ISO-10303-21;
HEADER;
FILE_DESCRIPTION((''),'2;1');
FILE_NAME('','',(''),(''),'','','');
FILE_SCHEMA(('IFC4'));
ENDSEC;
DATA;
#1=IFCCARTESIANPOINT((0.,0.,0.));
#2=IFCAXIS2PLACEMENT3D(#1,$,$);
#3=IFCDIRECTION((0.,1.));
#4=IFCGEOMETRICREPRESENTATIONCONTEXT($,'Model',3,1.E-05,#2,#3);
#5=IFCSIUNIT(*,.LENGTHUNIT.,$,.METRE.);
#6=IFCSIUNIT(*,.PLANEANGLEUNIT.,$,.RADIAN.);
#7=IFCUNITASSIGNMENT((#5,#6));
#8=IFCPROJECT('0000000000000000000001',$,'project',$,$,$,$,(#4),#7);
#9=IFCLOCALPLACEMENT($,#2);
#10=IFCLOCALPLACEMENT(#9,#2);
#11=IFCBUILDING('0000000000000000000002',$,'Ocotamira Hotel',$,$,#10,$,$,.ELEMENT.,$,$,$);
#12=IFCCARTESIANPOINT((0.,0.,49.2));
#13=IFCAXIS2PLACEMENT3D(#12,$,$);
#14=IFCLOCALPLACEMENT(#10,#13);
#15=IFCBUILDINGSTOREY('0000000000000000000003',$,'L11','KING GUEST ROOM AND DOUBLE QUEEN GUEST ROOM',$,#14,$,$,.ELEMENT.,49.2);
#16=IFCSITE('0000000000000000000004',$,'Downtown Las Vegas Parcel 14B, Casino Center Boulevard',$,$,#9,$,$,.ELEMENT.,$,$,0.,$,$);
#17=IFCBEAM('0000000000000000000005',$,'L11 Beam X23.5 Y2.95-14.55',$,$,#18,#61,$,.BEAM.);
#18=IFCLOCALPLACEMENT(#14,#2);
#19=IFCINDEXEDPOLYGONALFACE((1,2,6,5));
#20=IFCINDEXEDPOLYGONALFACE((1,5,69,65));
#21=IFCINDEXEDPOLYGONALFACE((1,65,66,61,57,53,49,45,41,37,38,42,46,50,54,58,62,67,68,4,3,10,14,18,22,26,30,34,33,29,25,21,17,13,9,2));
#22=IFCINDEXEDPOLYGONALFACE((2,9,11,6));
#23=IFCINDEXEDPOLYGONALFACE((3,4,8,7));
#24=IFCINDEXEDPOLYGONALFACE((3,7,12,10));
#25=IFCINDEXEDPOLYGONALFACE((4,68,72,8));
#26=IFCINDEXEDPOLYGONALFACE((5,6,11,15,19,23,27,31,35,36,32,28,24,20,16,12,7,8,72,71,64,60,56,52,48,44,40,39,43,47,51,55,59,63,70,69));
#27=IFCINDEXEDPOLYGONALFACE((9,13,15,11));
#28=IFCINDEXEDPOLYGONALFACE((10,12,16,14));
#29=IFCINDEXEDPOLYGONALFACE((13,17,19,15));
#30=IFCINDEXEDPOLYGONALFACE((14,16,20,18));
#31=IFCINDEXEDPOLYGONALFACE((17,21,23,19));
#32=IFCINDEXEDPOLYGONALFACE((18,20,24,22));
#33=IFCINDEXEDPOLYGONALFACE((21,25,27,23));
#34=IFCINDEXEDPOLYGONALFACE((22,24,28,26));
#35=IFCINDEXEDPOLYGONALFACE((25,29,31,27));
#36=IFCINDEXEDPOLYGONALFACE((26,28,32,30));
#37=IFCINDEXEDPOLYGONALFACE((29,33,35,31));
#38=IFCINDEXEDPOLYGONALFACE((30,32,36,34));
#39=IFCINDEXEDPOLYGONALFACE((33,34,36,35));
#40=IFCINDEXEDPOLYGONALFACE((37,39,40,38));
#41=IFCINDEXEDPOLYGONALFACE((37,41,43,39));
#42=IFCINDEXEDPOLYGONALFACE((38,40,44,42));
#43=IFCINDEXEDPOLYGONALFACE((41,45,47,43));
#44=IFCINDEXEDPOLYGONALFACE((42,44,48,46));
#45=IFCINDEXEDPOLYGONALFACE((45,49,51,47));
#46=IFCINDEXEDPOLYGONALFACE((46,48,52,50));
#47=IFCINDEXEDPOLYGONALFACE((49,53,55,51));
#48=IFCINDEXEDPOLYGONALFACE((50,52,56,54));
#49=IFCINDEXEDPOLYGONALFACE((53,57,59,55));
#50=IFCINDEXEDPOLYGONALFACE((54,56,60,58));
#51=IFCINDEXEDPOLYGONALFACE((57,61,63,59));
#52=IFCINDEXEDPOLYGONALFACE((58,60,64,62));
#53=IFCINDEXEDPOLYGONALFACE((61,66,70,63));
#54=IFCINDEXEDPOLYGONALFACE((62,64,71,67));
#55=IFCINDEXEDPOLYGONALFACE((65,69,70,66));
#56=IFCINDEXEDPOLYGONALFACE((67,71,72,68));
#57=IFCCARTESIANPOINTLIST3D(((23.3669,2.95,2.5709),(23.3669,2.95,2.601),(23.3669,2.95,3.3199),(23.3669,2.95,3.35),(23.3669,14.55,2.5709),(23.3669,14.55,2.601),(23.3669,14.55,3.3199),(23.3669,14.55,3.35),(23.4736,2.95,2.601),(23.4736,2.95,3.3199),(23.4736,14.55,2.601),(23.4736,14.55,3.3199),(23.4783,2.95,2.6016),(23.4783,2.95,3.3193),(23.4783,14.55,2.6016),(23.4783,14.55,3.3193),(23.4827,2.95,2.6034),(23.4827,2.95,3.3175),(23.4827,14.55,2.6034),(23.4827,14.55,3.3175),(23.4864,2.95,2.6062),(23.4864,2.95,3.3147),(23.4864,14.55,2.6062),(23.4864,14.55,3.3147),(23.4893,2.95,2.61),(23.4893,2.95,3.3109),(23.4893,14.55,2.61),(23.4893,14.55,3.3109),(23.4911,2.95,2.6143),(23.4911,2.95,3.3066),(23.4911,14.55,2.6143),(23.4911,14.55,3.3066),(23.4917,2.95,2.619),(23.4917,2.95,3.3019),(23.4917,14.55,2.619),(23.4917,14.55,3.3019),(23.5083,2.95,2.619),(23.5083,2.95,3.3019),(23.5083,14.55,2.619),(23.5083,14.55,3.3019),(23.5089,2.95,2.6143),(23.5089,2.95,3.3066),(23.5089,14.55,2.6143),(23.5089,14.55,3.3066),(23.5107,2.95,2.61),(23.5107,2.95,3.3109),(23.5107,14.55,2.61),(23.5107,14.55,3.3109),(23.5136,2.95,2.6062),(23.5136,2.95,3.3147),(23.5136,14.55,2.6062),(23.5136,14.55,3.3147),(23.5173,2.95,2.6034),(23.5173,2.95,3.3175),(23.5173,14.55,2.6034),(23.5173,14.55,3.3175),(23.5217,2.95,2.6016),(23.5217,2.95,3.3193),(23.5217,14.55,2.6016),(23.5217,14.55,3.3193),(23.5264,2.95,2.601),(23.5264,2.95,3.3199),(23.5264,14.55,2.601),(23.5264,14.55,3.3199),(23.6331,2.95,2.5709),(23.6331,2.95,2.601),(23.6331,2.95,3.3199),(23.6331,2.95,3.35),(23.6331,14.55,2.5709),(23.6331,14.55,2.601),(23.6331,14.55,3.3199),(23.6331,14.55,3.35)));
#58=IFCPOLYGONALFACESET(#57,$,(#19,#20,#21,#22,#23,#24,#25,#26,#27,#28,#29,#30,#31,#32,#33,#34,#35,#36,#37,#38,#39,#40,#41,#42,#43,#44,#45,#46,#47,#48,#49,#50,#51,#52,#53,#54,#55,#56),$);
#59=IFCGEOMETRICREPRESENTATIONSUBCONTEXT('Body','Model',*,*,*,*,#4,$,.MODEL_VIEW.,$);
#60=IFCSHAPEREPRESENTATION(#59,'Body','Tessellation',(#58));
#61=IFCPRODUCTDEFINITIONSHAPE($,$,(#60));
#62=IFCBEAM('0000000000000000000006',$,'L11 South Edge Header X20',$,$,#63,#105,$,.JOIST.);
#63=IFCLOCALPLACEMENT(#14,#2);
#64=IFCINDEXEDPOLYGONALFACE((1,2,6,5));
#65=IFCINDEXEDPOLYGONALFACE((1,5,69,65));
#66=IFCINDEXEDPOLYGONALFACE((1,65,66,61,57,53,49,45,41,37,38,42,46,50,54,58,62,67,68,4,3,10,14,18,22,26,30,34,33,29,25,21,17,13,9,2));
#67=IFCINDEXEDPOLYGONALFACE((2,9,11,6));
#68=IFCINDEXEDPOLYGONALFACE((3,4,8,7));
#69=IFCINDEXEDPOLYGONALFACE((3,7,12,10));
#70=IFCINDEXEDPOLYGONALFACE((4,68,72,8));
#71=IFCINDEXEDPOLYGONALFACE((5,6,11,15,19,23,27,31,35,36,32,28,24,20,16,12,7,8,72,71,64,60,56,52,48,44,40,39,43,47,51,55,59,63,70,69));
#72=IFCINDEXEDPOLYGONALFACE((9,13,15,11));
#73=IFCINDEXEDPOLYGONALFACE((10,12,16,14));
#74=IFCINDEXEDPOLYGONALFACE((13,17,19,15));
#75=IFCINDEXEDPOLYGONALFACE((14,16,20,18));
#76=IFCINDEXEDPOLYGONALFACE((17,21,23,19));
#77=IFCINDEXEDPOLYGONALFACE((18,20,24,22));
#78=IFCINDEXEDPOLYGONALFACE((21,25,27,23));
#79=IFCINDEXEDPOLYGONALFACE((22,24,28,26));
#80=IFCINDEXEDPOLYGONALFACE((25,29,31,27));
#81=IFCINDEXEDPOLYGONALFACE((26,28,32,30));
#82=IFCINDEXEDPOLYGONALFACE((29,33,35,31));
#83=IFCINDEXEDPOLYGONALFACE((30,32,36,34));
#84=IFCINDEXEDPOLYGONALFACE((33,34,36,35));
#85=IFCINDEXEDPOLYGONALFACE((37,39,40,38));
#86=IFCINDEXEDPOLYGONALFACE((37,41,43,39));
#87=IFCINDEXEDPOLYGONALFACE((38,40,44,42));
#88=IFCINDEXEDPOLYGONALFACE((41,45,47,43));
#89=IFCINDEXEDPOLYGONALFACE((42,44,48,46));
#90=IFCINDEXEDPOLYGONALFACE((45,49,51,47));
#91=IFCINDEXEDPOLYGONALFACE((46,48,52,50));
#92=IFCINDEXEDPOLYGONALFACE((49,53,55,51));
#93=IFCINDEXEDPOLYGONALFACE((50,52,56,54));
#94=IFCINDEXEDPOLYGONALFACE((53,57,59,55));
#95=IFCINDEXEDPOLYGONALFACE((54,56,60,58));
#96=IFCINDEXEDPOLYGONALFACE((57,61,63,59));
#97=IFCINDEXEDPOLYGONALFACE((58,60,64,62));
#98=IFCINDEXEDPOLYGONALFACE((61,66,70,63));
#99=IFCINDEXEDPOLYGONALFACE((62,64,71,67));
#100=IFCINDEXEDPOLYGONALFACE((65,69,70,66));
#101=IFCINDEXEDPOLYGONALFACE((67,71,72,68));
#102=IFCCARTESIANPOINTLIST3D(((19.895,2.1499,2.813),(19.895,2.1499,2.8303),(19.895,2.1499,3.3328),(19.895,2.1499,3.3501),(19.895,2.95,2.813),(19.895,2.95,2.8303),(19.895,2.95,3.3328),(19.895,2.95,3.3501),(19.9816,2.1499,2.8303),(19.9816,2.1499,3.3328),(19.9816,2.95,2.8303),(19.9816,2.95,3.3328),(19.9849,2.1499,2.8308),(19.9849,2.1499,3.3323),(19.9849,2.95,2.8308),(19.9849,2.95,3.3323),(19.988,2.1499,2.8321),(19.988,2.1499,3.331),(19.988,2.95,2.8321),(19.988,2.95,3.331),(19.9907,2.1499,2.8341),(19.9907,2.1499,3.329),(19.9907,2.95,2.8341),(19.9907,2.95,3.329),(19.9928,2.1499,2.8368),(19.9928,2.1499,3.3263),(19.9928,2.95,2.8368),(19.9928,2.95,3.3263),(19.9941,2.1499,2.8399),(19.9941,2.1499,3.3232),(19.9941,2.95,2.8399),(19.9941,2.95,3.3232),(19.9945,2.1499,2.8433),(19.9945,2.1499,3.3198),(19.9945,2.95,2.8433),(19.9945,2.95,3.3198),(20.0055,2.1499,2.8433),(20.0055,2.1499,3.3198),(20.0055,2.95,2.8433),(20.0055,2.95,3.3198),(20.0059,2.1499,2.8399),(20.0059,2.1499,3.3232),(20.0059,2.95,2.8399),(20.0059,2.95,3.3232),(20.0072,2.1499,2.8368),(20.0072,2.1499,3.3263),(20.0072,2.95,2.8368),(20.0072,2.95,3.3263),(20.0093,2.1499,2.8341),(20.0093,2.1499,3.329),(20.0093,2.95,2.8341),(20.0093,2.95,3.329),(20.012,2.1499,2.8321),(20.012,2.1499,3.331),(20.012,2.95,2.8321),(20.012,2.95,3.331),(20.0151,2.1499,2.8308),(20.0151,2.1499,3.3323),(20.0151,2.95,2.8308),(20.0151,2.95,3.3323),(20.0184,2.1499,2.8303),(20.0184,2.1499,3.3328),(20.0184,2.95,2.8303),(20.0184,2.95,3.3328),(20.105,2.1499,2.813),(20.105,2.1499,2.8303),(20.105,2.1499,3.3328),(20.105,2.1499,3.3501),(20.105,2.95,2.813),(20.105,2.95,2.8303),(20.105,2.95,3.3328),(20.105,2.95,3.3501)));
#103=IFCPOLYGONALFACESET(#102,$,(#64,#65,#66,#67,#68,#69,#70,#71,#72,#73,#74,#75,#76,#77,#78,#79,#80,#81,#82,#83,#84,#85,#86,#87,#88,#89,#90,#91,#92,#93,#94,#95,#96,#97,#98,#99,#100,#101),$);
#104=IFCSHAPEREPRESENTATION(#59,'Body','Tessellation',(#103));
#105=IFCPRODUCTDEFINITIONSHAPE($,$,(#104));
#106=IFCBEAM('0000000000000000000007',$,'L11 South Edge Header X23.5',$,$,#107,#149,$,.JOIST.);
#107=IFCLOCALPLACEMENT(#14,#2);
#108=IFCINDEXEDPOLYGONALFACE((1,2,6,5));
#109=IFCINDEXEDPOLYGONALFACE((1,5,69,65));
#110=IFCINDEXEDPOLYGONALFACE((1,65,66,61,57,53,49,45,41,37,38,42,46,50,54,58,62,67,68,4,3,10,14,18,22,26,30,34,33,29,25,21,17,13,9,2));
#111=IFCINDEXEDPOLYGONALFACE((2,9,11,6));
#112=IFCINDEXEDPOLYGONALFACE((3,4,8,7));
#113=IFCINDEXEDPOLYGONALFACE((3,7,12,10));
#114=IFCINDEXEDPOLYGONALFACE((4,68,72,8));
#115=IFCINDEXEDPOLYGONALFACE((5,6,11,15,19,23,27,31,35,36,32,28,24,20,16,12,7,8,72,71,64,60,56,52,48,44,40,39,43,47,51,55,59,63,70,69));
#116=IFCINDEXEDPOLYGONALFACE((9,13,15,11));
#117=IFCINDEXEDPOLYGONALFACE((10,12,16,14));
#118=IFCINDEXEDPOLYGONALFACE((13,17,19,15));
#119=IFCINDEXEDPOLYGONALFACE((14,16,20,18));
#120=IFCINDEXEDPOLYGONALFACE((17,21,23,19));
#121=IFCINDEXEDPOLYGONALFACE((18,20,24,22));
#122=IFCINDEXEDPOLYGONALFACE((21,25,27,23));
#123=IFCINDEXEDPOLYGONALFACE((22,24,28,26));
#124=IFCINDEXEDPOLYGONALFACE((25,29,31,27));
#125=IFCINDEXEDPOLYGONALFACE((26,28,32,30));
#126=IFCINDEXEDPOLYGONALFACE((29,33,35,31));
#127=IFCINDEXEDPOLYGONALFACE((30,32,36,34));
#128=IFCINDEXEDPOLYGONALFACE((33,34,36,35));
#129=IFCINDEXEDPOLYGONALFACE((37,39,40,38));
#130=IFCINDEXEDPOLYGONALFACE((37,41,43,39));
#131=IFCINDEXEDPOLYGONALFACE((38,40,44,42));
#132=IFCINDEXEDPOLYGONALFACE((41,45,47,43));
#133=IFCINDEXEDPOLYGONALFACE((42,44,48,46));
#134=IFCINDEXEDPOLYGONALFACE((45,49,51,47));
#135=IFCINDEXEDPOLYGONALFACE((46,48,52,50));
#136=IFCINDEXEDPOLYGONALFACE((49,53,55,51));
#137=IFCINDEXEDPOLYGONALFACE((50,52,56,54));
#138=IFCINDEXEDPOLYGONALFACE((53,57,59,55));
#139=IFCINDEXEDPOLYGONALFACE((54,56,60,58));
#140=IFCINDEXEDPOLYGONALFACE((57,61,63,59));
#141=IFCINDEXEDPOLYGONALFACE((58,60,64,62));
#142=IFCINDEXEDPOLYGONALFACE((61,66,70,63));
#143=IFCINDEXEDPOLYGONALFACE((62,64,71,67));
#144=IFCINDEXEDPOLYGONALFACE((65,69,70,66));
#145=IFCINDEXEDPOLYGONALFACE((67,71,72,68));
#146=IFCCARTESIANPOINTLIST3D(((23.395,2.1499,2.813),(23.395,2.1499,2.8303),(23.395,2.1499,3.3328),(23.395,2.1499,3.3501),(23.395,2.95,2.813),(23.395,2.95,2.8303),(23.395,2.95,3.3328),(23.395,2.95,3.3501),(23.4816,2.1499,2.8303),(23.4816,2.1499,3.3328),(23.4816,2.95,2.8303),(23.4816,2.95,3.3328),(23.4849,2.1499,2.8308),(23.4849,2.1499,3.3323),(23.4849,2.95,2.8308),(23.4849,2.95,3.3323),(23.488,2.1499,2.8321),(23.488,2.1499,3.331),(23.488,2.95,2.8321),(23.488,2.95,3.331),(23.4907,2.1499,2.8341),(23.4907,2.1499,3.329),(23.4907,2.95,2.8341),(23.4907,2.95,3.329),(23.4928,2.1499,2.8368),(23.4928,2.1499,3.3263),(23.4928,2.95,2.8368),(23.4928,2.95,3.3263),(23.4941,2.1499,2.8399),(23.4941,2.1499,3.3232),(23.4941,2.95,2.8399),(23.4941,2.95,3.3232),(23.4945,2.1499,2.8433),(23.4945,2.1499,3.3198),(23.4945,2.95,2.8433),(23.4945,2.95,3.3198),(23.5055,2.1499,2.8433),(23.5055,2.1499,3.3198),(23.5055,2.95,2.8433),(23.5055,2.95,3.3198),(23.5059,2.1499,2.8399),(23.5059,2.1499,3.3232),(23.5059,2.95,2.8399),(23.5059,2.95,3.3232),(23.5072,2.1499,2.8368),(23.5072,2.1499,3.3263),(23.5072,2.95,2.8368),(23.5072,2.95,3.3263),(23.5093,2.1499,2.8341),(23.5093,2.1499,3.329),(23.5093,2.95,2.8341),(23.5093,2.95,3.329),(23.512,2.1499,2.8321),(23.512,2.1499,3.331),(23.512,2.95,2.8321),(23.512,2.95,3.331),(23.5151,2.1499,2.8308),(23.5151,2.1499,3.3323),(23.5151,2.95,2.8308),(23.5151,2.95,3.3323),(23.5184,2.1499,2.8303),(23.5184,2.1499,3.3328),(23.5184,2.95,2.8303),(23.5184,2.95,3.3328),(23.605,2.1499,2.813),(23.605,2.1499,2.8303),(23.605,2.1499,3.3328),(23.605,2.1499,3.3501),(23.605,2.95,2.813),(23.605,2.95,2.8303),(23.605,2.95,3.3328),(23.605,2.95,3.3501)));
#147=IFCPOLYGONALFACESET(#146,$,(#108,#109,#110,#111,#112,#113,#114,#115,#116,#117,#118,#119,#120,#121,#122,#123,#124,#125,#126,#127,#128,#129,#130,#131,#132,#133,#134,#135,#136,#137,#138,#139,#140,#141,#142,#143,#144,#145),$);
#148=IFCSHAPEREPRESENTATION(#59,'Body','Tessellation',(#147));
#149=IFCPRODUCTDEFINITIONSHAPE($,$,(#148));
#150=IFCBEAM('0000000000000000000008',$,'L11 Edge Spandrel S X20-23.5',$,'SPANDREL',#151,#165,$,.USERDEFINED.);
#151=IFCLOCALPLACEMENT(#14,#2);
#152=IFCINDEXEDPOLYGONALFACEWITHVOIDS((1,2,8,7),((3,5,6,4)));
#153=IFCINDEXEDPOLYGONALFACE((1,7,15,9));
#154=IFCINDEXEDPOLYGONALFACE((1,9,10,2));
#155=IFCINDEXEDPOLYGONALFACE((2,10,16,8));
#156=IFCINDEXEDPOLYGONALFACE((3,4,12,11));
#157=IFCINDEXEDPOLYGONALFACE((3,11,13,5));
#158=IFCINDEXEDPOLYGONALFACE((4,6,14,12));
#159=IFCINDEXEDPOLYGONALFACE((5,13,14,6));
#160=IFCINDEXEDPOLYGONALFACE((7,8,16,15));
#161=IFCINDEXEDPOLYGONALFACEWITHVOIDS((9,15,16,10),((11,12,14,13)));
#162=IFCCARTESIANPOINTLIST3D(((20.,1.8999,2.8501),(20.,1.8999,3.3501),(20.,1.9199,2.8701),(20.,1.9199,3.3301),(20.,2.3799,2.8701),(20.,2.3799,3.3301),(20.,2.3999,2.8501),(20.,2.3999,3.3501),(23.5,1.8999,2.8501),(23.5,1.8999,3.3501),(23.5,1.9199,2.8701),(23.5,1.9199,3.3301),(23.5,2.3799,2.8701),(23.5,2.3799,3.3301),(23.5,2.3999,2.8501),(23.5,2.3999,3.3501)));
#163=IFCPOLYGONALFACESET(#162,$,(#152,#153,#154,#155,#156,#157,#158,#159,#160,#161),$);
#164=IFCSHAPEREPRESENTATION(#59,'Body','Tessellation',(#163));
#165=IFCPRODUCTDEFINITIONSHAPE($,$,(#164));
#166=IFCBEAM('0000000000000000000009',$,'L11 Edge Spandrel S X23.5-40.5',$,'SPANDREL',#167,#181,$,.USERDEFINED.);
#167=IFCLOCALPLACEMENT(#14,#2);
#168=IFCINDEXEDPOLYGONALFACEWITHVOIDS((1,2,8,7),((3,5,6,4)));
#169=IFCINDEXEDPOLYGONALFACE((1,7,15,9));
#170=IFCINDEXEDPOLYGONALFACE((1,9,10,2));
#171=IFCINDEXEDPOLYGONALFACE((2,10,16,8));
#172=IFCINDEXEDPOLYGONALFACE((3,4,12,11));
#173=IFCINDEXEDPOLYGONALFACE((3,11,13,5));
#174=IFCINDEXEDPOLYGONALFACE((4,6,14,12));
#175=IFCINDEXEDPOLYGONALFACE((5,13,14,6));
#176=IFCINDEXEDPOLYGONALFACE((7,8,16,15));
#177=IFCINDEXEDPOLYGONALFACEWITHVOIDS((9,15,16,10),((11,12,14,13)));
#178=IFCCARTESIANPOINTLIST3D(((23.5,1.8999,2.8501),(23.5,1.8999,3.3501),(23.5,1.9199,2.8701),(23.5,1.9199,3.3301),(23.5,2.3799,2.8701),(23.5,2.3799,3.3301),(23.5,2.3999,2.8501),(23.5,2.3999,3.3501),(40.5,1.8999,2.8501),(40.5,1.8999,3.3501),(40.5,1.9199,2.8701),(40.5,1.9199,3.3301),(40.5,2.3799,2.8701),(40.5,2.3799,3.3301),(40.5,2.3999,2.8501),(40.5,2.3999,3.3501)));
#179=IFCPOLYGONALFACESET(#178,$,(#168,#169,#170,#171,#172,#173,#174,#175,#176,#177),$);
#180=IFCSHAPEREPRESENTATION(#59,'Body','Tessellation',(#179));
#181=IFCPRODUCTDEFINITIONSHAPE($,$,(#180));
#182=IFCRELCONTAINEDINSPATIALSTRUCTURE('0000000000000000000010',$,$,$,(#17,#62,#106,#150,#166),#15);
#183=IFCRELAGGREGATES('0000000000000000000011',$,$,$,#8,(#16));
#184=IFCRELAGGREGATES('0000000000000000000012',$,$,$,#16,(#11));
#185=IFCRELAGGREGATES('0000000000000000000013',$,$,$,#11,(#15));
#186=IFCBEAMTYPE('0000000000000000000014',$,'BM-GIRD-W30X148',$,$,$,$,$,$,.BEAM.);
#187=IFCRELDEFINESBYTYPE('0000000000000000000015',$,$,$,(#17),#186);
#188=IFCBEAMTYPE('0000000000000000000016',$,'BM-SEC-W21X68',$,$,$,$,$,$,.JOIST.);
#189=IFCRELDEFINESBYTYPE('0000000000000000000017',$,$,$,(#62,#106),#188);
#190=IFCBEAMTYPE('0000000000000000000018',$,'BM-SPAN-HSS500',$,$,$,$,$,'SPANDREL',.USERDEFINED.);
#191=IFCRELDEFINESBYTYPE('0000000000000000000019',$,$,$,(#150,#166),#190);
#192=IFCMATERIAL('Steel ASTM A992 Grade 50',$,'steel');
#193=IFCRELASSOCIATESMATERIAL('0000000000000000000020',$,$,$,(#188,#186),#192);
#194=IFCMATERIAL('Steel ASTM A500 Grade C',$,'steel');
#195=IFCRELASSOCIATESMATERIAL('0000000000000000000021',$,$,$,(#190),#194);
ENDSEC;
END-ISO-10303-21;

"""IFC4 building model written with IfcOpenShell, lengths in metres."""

from ifc_helpers import new_model, si_unit, direction, frame, origin, origin_2d, place, context, subcontext, project, spatial, hollow_rectangle, i_section, extrude, source, transform, mapped, material, material_profile, profile_set, type_object, element, save


model = new_model("IFC4")

# Units and contexts
model_context = context("Model", 3, precision=1e-05, world=origin(), true_north=direction((0.0, 1.0)))
body_context = subcontext(model_context, "Body", "Model", "MODEL_VIEW")
ifc_project = project(units=[si_unit("LENGTHUNIT", "METRE"), si_unit("PLANEANGLEUNIT", "RADIAN")], contexts=[model_context])

# Site, building, storey
site_placement = place(None, origin())
site = spatial("IfcSite", under=ifc_project, at=site_placement, Name="Downtown Las Vegas Parcel 14B, Casino Center Boulevard", CompositionType="ELEMENT", RefElevation=0.0)
building_placement = place(site_placement, origin())
building = spatial("IfcBuilding", under=site, at=building_placement, Name="Ocotamira Hotel", CompositionType="ELEMENT")
storey_placement = place(building_placement, frame((0.0, 0.0, 49.2)))
storey = spatial("IfcBuildingStorey", under=building, at=storey_placement, Name="L11", Description="KING GUEST ROOM AND DOUBLE QUEEN GUEST ROOM", CompositionType="ELEMENT", Elevation=49.2)

# Beams
ifc_material_1 = material(Name="Steel ASTM A992 Grade 50", Category="steel")
ifc_material_profile_1 = material_profile(ifc_material_1, i_section(OverallWidth=0.21, OverallDepth=0.5371, WebThickness=0.011, FlangeThickness=0.0173, FilletRadius=0.0129, at=origin_2d()), Name="W21X68")
ifc_profile_set_1 = profile_set([ifc_material_profile_1], Name="Steel ASTM A992 Grade 50")
beam_type_1 = type_object("IfcBeamType", Name="BM-SEC-W21X68", PredefinedType="JOIST", material=ifc_profile_set_1)
ifc_material_profile_2 = material_profile(ifc_material_1, i_section(OverallWidth=0.2661, OverallDepth=0.7791, WebThickness=0.0166, FlangeThickness=0.03, FilletRadius=0.0181, at=origin_2d()), Name="W30X148")
ifc_profile_set_2 = profile_set([ifc_material_profile_2], Name="Steel ASTM A992 Grade 50")
beam_type_2 = type_object("IfcBeamType", Name="BM-GIRD-W30X148", PredefinedType="BEAM", material=ifc_profile_set_2)
shared_shape_1 = source(origin(), body_context, "Body", "SweptSolid", [
    extrude(i_section(OverallWidth=0.2661, OverallDepth=0.7791, WebThickness=0.0166, FlangeThickness=0.03, FilletRadius=0.0181, at=origin_2d()), origin(), (0.0, 0.0, 1.0), 11.6001),
])
beam_1_placement = place(storey_placement, frame((23.5, 2.95, 2.9604), z_axis=(0.0, 1.0, 0.0), x_axis=(-1.0, 0.0, 0.0)))
element("IfcBeam", 1, at=beam_1_placement, inside=storey, type_object=beam_type_2, Name="L11 Beam X23.5 Y2.95-14.55", PredefinedType="BEAM", context=body_context, shape_type="MappedRepresentation", body=[
    mapped(shared_shape_1, transform((0.0, 0.0, 0.0), scale=1.0)),
])
shared_shape_2 = source(origin(), body_context, "Body", "SweptSolid", [
    extrude(i_section(OverallWidth=0.21, OverallDepth=0.5371, WebThickness=0.011, FlangeThickness=0.0173, FilletRadius=0.0129, at=origin_2d()), origin(), (0.0, 0.0, 1.0), 0.8),
])
for number, where, z_axis, x_axis, name in (
    (2, (20.0, 2.95, 3.0815), (0.0, -1.0, 0.0), (1.0, 0.0, 0.0), "L11 South Edge Header X20"),
    (3, (23.5, 2.95, 3.0815), (0.0, -1.0, 0.0), (1.0, 0.0, 0.0), "L11 South Edge Header X23.5"),
):
    element("IfcBeam", number, at=place(storey_placement, frame(where, z_axis=z_axis, x_axis=x_axis)), inside=storey, type_object=beam_type_1, Name=name, PredefinedType="JOIST", context=body_context, shape_type="MappedRepresentation", body=[
        mapped(shared_shape_2, transform((0.0, 0.0, 0.0), scale=1.0)),
    ])
ifc_material_2 = material(Name="Steel ASTM A500 Grade C", Category="steel")
ifc_material_profile_3 = material_profile(ifc_material_2, hollow_rectangle(XDim=0.5, YDim=0.5, WallThickness=0.02, at=origin_2d()), Name="HSS500X500X20")
ifc_profile_set_3 = profile_set([ifc_material_profile_3], Name="Steel ASTM A500 Grade C")
beam_type_3 = type_object("IfcBeamType", Name="BM-SPAN-HSS500", ElementType="SPANDREL", PredefinedType="USERDEFINED", material=ifc_profile_set_3)
shared_shape_3 = source(origin(), body_context, "Body", "SweptSolid", [
    extrude(hollow_rectangle(XDim=0.5, YDim=0.5, WallThickness=0.02, at=origin_2d()), origin(), (0.0, 0.0, 1.0), 3.5),
])
beam_2_placement = place(storey_placement, frame((20.0, 2.1499, 3.1001), z_axis=(1.0, 0.0, 0.0), x_axis=(0.0, 1.0, 0.0)))
element("IfcBeam", 4, at=beam_2_placement, inside=storey, type_object=beam_type_3, Name="L11 Edge Spandrel S X20-23.5", ObjectType="SPANDREL", PredefinedType="USERDEFINED", context=body_context, shape_type="MappedRepresentation", body=[
    mapped(shared_shape_3, transform((0.0, 0.0, 0.0), scale=1.0)),
])
shared_shape_4 = source(origin(), body_context, "Body", "SweptSolid", [
    extrude(hollow_rectangle(XDim=0.5, YDim=0.5, WallThickness=0.02, at=origin_2d()), origin(), (0.0, 0.0, 1.0), 17.0),
])
beam_3_placement = place(storey_placement, frame((23.5, 2.1499, 3.1001), z_axis=(1.0, 0.0, 0.0), x_axis=(0.0, 1.0, 0.0)))
element("IfcBeam", 5, at=beam_3_placement, inside=storey, type_object=beam_type_3, Name="L11 Edge Spandrel S X23.5-40.5", ObjectType="SPANDREL", PredefinedType="USERDEFINED", context=body_context, shape_type="MappedRepresentation", body=[
    mapped(shared_shape_4, transform((0.0, 0.0, 0.0), scale=1.0)),
])

save(model, "model.ifc")
